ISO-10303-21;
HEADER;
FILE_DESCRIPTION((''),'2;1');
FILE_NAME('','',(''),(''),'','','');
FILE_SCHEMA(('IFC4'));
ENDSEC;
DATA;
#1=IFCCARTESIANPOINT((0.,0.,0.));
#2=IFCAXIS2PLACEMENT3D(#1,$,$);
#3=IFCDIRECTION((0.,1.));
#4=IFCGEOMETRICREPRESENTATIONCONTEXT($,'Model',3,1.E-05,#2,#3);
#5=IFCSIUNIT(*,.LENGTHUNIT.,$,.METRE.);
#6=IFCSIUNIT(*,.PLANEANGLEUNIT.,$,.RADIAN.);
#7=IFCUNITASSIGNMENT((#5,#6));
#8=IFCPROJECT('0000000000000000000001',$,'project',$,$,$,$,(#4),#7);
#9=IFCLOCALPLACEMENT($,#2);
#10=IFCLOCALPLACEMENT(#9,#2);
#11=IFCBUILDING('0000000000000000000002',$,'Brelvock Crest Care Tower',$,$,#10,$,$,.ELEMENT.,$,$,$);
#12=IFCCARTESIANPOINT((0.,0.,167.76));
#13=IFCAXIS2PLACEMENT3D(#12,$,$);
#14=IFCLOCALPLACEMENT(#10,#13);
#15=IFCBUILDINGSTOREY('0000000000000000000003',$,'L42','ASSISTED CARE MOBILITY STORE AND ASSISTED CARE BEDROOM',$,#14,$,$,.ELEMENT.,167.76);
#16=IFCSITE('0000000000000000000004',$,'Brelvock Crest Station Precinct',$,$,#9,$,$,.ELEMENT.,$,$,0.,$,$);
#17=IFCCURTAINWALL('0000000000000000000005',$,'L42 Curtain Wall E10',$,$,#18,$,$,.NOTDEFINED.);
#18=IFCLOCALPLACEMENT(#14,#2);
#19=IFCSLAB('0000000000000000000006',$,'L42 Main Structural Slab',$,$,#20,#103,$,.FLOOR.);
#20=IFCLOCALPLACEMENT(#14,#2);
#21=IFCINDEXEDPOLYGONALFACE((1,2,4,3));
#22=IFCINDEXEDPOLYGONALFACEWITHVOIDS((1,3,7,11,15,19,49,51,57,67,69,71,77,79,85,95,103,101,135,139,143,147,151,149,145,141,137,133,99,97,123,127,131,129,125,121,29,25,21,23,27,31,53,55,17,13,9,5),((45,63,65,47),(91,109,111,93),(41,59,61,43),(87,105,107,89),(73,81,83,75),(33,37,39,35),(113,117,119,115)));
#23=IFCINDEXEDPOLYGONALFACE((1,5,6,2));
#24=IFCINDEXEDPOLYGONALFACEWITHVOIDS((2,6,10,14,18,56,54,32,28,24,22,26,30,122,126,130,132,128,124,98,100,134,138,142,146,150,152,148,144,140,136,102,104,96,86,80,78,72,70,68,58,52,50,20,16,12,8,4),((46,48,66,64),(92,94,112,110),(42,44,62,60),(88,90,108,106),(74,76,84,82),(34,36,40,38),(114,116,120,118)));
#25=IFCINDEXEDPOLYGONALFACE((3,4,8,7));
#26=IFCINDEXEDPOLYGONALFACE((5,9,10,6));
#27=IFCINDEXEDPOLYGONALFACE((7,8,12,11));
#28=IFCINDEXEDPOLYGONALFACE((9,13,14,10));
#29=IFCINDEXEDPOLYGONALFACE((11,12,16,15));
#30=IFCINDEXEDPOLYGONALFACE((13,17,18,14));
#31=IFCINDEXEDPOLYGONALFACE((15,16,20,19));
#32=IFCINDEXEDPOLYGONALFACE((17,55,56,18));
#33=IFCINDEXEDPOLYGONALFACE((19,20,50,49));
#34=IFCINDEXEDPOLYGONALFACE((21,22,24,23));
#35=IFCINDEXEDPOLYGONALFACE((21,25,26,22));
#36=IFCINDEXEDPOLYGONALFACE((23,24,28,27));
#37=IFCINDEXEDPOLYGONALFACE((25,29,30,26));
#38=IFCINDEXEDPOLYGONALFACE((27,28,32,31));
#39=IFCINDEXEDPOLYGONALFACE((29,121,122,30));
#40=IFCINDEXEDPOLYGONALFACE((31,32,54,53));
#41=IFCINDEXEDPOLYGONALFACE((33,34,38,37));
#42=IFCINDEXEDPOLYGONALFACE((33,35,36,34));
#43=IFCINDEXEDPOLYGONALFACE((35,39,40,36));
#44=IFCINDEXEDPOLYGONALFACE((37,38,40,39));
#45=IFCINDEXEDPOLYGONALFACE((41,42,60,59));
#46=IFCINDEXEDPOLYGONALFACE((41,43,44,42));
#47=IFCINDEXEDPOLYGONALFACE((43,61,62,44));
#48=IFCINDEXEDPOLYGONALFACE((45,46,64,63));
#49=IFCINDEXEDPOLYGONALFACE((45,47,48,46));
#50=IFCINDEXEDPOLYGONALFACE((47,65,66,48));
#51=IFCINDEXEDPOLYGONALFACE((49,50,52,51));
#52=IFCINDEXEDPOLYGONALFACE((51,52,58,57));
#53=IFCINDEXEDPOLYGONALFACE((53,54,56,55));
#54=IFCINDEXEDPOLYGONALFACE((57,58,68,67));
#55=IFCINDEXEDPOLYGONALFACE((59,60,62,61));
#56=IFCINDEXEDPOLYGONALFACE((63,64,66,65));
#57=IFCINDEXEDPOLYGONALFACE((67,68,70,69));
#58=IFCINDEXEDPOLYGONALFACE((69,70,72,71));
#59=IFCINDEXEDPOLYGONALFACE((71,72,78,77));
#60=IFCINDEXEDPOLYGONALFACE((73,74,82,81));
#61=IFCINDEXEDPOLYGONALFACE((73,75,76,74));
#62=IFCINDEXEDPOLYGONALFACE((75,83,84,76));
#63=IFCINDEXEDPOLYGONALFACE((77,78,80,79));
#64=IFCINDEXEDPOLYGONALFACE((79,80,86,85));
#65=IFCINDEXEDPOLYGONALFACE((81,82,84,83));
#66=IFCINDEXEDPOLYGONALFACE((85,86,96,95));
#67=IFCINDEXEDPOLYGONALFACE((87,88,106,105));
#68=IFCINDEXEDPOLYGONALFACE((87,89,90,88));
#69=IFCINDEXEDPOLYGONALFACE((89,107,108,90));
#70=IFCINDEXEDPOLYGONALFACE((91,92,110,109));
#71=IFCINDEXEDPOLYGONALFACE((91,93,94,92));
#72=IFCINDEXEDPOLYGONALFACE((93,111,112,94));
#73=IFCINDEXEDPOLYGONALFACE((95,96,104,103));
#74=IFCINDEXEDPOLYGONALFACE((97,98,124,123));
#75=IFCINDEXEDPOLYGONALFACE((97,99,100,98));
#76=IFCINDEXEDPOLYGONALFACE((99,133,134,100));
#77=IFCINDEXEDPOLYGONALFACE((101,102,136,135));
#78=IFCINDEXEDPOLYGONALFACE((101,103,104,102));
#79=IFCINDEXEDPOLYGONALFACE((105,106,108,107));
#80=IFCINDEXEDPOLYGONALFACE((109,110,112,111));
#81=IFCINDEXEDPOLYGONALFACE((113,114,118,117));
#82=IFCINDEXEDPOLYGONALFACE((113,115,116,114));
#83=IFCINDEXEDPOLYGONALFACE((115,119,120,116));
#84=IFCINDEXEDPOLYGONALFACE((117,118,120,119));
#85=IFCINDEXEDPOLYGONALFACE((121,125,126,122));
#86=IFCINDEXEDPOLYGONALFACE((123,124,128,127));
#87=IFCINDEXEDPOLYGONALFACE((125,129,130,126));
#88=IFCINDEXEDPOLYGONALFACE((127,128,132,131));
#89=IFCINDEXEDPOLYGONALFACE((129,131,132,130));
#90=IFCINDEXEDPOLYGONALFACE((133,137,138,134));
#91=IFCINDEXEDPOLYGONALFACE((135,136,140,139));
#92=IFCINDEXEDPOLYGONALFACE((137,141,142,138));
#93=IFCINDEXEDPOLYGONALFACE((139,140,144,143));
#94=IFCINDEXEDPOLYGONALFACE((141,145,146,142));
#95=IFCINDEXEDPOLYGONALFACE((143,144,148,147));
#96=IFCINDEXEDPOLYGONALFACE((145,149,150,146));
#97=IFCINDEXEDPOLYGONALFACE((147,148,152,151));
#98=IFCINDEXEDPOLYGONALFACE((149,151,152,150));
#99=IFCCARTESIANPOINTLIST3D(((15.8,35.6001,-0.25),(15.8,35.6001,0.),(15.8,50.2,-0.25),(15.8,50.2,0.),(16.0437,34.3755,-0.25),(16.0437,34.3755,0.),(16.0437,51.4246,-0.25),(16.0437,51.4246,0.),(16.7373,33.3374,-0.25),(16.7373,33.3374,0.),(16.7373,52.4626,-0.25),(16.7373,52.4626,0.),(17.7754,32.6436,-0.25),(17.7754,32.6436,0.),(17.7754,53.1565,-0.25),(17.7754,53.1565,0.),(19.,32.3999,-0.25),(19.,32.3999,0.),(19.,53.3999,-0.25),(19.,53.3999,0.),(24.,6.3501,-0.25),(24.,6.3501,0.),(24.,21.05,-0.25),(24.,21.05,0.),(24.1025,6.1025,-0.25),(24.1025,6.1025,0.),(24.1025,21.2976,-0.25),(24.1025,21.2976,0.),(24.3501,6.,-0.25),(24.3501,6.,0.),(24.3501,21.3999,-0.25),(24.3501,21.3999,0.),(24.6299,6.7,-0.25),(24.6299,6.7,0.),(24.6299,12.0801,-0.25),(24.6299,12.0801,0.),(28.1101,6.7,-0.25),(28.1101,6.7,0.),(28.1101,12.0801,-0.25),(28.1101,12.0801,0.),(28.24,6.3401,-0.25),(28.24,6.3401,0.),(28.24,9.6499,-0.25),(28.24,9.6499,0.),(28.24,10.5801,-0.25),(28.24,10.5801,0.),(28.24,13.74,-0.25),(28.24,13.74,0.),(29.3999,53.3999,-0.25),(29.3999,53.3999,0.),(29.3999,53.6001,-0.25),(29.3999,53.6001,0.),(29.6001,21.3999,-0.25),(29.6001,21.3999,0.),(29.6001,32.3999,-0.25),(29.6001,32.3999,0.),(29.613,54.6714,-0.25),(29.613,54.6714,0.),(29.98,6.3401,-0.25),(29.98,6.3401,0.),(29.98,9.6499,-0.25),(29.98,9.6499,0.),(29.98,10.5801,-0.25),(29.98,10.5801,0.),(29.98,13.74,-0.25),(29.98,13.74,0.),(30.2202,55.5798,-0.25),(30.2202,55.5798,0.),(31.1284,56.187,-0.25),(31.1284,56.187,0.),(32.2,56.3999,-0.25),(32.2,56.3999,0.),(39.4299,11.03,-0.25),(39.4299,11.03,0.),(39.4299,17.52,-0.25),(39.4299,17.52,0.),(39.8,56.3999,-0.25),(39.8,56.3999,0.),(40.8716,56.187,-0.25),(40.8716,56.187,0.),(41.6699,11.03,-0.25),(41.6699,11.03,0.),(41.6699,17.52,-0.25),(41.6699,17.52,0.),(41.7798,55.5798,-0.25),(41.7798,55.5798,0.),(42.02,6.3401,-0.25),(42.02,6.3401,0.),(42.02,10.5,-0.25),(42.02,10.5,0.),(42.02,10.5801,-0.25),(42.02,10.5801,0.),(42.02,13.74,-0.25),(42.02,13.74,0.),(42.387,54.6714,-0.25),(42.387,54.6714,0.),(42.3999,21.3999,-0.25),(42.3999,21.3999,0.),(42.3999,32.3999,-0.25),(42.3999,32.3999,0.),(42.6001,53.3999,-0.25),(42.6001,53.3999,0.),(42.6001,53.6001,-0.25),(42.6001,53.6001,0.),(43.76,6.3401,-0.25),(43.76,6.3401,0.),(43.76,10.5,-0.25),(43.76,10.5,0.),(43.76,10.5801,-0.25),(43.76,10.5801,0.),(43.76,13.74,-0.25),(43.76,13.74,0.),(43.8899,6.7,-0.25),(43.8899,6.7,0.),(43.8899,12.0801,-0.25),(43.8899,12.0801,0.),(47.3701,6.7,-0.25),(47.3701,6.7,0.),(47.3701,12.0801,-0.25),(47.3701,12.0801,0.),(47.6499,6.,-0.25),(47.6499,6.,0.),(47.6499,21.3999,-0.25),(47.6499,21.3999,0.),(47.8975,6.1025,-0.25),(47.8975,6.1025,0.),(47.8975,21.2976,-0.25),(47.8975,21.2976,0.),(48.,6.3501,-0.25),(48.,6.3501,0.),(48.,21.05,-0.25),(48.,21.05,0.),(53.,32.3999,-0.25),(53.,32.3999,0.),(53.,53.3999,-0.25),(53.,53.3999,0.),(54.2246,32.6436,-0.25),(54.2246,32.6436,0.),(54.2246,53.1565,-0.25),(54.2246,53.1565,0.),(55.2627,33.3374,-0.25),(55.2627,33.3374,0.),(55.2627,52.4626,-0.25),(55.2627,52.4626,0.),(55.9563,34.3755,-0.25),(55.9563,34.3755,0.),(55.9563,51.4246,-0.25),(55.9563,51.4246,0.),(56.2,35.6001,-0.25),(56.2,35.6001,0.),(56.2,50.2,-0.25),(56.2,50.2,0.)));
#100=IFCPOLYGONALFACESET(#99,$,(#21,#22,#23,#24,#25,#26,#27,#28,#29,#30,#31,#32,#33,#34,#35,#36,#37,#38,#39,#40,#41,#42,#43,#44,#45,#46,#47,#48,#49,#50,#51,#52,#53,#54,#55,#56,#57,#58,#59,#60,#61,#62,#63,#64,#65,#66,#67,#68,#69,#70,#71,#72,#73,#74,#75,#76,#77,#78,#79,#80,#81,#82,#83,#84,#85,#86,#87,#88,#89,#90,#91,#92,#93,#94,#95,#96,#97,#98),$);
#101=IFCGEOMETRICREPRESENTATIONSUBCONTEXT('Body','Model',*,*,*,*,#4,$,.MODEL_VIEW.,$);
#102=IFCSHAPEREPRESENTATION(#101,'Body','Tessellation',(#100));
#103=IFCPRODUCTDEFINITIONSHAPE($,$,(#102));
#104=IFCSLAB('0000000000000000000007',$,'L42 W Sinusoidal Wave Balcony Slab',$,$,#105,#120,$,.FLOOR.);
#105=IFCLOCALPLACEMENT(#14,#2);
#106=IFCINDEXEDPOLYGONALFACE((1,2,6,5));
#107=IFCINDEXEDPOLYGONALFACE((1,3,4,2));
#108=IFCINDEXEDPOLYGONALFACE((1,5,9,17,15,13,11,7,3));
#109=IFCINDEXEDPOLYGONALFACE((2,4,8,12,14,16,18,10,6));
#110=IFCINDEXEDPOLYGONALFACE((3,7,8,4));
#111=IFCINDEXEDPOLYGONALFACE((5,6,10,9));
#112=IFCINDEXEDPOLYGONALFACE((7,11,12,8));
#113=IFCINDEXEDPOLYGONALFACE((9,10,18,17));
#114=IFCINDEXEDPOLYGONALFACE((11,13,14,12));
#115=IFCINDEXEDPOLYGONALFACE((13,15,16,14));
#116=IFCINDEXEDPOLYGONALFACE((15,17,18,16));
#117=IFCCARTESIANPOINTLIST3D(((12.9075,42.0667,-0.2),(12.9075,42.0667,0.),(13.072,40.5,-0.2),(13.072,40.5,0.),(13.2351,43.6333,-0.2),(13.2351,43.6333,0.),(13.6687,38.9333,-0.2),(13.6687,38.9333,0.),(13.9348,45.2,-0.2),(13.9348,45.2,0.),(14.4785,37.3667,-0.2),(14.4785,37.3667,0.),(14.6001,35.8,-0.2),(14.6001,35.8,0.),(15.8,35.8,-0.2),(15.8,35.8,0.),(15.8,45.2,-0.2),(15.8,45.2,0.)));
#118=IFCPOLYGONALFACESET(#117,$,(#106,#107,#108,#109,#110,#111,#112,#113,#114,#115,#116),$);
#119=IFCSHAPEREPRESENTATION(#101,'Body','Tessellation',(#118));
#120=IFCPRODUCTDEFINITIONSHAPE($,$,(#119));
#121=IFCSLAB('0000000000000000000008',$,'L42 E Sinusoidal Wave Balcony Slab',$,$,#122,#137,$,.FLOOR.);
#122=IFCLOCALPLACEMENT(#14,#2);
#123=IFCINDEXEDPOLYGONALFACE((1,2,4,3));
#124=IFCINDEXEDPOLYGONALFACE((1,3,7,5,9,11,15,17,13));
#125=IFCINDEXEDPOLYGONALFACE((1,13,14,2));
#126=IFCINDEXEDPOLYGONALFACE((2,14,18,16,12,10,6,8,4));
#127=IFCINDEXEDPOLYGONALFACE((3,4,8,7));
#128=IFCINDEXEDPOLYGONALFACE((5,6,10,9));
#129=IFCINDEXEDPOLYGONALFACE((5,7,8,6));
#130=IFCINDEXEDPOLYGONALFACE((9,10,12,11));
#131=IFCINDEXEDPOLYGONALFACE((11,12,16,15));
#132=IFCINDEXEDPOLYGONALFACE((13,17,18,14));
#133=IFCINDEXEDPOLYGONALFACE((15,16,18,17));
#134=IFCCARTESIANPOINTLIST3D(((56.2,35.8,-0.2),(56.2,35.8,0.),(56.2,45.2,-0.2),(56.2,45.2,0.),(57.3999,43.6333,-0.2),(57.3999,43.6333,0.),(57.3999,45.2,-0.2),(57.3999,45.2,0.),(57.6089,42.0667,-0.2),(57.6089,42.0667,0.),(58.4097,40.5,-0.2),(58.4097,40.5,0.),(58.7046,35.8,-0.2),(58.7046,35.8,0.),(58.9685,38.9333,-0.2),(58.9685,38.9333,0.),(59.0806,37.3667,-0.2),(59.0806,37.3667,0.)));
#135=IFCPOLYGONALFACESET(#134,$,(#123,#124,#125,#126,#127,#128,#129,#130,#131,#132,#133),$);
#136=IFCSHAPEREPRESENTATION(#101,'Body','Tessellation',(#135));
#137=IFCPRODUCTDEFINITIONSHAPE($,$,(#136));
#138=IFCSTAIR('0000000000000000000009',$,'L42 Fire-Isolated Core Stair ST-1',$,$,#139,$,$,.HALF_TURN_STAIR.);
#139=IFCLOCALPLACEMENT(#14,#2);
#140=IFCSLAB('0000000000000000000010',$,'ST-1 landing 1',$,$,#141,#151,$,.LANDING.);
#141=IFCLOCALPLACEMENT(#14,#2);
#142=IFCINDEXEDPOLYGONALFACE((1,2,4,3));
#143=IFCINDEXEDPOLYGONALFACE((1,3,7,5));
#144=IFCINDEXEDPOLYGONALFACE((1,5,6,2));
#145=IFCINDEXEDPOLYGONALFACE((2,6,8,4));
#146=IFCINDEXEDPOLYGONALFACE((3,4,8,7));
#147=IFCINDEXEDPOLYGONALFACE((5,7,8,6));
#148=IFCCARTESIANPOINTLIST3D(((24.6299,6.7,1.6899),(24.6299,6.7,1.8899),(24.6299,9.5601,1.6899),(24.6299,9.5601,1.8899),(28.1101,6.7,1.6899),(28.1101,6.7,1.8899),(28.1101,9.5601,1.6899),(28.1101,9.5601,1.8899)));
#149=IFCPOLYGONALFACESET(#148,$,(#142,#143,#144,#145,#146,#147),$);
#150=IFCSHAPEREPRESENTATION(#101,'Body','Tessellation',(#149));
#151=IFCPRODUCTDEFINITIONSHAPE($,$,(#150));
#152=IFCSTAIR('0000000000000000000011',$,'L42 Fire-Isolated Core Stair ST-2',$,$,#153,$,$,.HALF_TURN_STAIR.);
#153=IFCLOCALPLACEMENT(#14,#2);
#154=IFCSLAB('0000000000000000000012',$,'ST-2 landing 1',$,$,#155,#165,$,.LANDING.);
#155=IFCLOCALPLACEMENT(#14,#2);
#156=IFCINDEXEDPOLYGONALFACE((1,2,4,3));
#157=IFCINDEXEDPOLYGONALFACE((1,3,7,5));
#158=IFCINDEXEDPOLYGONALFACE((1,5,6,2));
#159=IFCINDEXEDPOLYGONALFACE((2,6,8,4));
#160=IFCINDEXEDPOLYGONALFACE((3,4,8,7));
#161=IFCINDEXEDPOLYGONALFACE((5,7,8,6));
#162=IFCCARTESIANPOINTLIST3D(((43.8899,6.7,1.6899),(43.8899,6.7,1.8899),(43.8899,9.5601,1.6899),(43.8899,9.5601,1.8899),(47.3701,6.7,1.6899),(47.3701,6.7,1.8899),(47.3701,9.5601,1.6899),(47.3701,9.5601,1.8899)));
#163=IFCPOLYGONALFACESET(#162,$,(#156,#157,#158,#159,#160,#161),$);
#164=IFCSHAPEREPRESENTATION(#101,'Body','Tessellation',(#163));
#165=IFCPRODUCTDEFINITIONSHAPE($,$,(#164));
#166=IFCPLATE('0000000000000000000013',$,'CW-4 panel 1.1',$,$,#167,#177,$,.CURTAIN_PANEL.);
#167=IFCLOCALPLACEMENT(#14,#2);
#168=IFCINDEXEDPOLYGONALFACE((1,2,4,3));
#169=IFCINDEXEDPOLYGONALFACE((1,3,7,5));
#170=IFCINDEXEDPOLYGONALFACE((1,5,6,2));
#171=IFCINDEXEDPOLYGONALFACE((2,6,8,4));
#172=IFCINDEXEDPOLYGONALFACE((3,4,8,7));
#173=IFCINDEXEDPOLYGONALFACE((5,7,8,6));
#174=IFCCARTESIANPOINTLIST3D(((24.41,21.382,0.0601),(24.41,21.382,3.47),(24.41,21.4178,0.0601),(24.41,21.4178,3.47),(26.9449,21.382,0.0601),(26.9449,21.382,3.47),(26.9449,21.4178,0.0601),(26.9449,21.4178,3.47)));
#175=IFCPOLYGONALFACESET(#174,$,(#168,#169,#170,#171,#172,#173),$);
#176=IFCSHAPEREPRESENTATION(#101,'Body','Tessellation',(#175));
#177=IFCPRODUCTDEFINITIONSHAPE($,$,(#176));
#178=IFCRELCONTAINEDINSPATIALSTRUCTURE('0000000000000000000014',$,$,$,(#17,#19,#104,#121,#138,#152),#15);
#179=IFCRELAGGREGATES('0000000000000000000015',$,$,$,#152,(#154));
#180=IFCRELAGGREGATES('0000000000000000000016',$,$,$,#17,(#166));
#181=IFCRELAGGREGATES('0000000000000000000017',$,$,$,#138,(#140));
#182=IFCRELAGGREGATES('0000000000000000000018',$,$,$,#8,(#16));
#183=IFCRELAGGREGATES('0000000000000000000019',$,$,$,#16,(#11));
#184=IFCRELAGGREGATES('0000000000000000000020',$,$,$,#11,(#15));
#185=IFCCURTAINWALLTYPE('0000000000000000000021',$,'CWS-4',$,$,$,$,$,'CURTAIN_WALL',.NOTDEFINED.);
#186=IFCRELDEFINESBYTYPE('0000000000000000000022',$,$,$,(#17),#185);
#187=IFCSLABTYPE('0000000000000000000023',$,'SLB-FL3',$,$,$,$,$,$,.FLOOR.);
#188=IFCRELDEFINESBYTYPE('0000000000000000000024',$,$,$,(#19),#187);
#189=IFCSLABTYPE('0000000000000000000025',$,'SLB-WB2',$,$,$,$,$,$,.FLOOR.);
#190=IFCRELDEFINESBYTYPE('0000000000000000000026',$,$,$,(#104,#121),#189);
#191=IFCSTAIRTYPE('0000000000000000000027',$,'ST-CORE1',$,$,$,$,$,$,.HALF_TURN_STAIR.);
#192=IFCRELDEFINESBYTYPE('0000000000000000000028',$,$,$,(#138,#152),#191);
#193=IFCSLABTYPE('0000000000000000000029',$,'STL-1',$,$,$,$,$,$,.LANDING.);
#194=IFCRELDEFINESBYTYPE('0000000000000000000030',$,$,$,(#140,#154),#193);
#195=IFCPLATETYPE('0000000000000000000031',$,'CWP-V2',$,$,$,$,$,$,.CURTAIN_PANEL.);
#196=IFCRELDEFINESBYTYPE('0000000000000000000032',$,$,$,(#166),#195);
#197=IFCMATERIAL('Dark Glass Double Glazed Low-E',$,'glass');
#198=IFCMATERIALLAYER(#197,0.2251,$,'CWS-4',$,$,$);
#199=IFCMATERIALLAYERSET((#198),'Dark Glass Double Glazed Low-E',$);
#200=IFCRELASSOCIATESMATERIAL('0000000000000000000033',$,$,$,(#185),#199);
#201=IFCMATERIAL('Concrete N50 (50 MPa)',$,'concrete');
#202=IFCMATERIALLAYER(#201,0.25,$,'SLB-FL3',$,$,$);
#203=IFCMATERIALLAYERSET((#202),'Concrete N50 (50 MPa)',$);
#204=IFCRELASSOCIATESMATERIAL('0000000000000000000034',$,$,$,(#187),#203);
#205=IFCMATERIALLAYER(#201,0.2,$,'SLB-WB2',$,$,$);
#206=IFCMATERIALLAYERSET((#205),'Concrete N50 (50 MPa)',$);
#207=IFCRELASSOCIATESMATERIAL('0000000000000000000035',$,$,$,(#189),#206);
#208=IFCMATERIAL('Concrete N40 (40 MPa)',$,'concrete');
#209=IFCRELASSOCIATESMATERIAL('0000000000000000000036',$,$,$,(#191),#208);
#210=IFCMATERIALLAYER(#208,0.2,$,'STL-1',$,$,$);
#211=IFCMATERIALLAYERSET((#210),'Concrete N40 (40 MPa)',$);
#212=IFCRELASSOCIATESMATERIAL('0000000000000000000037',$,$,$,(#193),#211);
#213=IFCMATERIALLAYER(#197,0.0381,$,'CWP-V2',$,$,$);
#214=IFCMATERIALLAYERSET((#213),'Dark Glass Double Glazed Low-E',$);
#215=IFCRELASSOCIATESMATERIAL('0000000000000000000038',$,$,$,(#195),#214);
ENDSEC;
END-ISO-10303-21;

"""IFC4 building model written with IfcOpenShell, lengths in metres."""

from ifc_helpers import new_model, si_unit, direction, frame, origin, origin_2d, place, context, subcontext, project, spatial, polyline, rectangle, outline, extrude, source, transform, mapped, material, layer, layer_set, type_object, element, aggregate, save


model = new_model("IFC4")

# Units and contexts
model_context = context("Model", 3, precision=1e-05, world=origin(), true_north=direction((0.0, 1.0)))
body_context = subcontext(model_context, "Body", "Model", "MODEL_VIEW")
ifc_project = project(units=[si_unit("LENGTHUNIT", "METRE"), si_unit("PLANEANGLEUNIT", "RADIAN")], contexts=[model_context])

# Site, building, storey
site_placement = place(None, origin())
site = spatial("IfcSite", under=ifc_project, at=site_placement, Name="Brelvock Crest Station Precinct", CompositionType="ELEMENT", RefElevation=0.0)
building_placement = place(site_placement, origin())
building = spatial("IfcBuilding", under=site, at=building_placement, Name="Brelvock Crest Care Tower", CompositionType="ELEMENT")
storey_placement = place(building_placement, frame((0.0, 0.0, 167.76)))
storey = spatial("IfcBuildingStorey", under=building, at=storey_placement, Name="L42", Description="ASSISTED CARE MOBILITY STORE AND ASSISTED CARE BEDROOM", CompositionType="ELEMENT", Elevation=167.76)

# Curtain wall
ifc_material_1 = material(Name="Dark Glass Double Glazed Low-E", Category="glass")
ifc_layer_1 = layer(ifc_material_1, 0.2251, Name="CWS-4")
ifc_layer_set_1 = layer_set([ifc_layer_1], Name="Dark Glass Double Glazed Low-E")
curtain_wall_type = type_object("IfcCurtainWallType", Name="CWS-4", ElementType="CURTAIN_WALL", PredefinedType="NOTDEFINED", material=ifc_layer_set_1)
curtain_wall_placement = place(storey_placement, origin())
curtain_wall = element("IfcCurtainWall", 1, at=curtain_wall_placement, inside=storey, type_object=curtain_wall_type, Name="L42 Curtain Wall E10", PredefinedType="NOTDEFINED")

# Slabs
ifc_material_2 = material(Name="Concrete N50 (50 MPa)", Category="concrete")
ifc_layer_2 = layer(ifc_material_2, 0.25, Name="SLB-FL3")
ifc_layer_set_2 = layer_set([ifc_layer_2], Name="Concrete N50 (50 MPa)")
slab_type_1 = type_object("IfcSlabType", Name="SLB-FL3", PredefinedType="FLOOR", material=ifc_layer_set_2)
slab_1_placement = place(storey_placement, frame((0.0, 0.0, -0.25)))
element("IfcSlab", 2, at=slab_1_placement, inside=storey, type_object=slab_type_1, Name="L42 Main Structural Slab", PredefinedType="FLOOR", context=body_context, shape_type="SweptSolid", body=[
    extrude(outline(polyline([(47.6499, 21.3999), (42.3999, 21.3999), (42.3999, 32.3999), (53.0, 32.3999), (54.2246, 32.6436), (55.2627, 33.3374), (55.9563, 34.3755), (56.2, 35.6001), (56.2, 50.2), (55.9563, 51.4246), (55.2627, 52.4626), (54.2246, 53.1565), (53.0, 53.3999), (42.6001, 53.3999), (42.6001, 53.6001), (42.387, 54.6714), (41.7798, 55.5798), (40.8716, 56.187), (39.8, 56.3999), (32.2, 56.3999), (31.1284, 56.187), (30.2202, 55.5798), (29.613, 54.6714), (29.3999, 53.6001), (29.3999, 53.3999), (19.0, 53.3999), (17.7754, 53.1565), (16.7373, 52.4626), (16.0437, 51.4246), (15.8, 50.2), (15.8, 35.6001), (16.0437, 34.3755), (16.7373, 33.3374), (17.7754, 32.6436), (19.0, 32.3999), (29.6001, 32.3999), (29.6001, 21.3999), (24.3501, 21.3999), (24.1025, 21.2976), (24.0, 21.05), (24.0, 6.3501), (24.1025, 6.1025), (24.3501, 6.0), (47.6499, 6.0), (47.8975, 6.1025), (48.0, 6.3501), (48.0, 21.05), (47.8975, 21.2976), (47.6499, 21.3999)]), holes=[polyline([(28.24, 10.5801), (29.98, 10.5801), (29.98, 13.74), (28.24, 13.74), (28.24, 10.5801)]), polyline([(42.02, 10.5801), (43.76, 10.5801), (43.76, 13.74), (42.02, 13.74), (42.02, 10.5801)]), polyline([(28.24, 6.3401), (29.98, 6.3401), (29.98, 9.6499), (28.24, 9.6499), (28.24, 6.3401)]), polyline([(24.6299, 12.0801), (24.6299, 6.7), (28.1101, 6.7), (28.1101, 12.0801), (24.6299, 12.0801)]), polyline([(43.8899, 12.0801), (43.8899, 6.7), (47.3701, 6.7), (47.3701, 12.0801), (43.8899, 12.0801)]), polyline([(42.02, 6.3401), (43.76, 6.3401), (43.76, 10.5), (42.02, 10.5), (42.02, 6.3401)]), polyline([(39.4299, 11.03), (41.6699, 11.03), (41.6699, 17.52), (39.4299, 17.52), (39.4299, 11.03)])]), origin(), (0.0, 0.0, 1.0), 0.25),
])
ifc_layer_3 = layer(ifc_material_2, 0.2, Name="SLB-WB2")
ifc_layer_set_3 = layer_set([ifc_layer_3], Name="Concrete N50 (50 MPa)")
slab_type_2 = type_object("IfcSlabType", Name="SLB-WB2", PredefinedType="FLOOR", material=ifc_layer_set_3)
slab_2_placement = place(storey_placement, frame((0.0, 0.0, -0.2)))
element("IfcSlab", 3, at=slab_2_placement, inside=storey, type_object=slab_type_2, Name="L42 W Sinusoidal Wave Balcony Slab", PredefinedType="FLOOR", context=body_context, shape_type="SweptSolid", body=[
    extrude(outline(polyline([(15.8, 45.2), (13.9348, 45.2), (13.2351, 43.6333), (12.9075, 42.0667), (13.072, 40.5), (13.6687, 38.9333), (14.4785, 37.3667), (14.6001, 35.8), (15.8, 35.8), (15.8, 45.2)])), origin(), (0.0, 0.0, 1.0), 0.2),
])
slab_3_placement = place(storey_placement, frame((0.0, 0.0, -0.2)))
element("IfcSlab", 4, at=slab_3_placement, inside=storey, type_object=slab_type_2, Name="L42 E Sinusoidal Wave Balcony Slab", PredefinedType="FLOOR", context=body_context, shape_type="SweptSolid", body=[
    extrude(outline(polyline([(56.2, 35.8), (58.7046, 35.8), (59.0806, 37.3667), (58.9685, 38.9333), (58.4097, 40.5), (57.6089, 42.0667), (57.3999, 43.6333), (57.3999, 45.2), (56.2, 45.2), (56.2, 35.8)])), origin(), (0.0, 0.0, 1.0), 0.2),
])

# Stairs, slabs
ifc_material_3 = material(Name="Concrete N40 (40 MPa)", Category="concrete")
stair_type = type_object("IfcStairType", Name="ST-CORE1", PredefinedType="HALF_TURN_STAIR", material=ifc_material_3)
stair_1_placement = place(storey_placement, origin())
stair_1 = element("IfcStair", 5, at=stair_1_placement, inside=storey, type_object=stair_type, Name="L42 Fire-Isolated Core Stair ST-1", PredefinedType="HALF_TURN_STAIR")
ifc_layer_4 = layer(ifc_material_3, 0.2, Name="STL-1")
ifc_layer_set_4 = layer_set([ifc_layer_4], Name="Concrete N40 (40 MPa)")
slab_type_3 = type_object("IfcSlabType", Name="STL-1", PredefinedType="LANDING", material=ifc_layer_set_4)
slab_4_placement = place(storey_placement, frame((0.0, 0.0, 1.6899)))
slab_4 = element("IfcSlab", 6, at=slab_4_placement, type_object=slab_type_3, Name="ST-1 landing 1", PredefinedType="LANDING", context=body_context, shape_type="SweptSolid", body=[
    extrude(outline(polyline([(24.6299, 9.5601), (24.6299, 6.7), (28.1101, 6.7), (28.1101, 9.5601), (24.6299, 9.5601)])), origin(), (0.0, 0.0, 1.0), 0.2),
])
stair_2_placement = place(storey_placement, origin())
stair_2 = element("IfcStair", 7, at=stair_2_placement, inside=storey, type_object=stair_type, Name="L42 Fire-Isolated Core Stair ST-2", PredefinedType="HALF_TURN_STAIR")
slab_5_placement = place(storey_placement, frame((0.0, 0.0, 1.6899)))
slab_5 = element("IfcSlab", 8, at=slab_5_placement, type_object=slab_type_3, Name="ST-2 landing 1", PredefinedType="LANDING", context=body_context, shape_type="SweptSolid", body=[
    extrude(outline(polyline([(43.8899, 9.5601), (43.8899, 6.7), (47.3701, 6.7), (47.3701, 9.5601), (43.8899, 9.5601)])), origin(), (0.0, 0.0, 1.0), 0.2),
])
aggregate(stair_2, [slab_5])

# Plate
ifc_layer_5 = layer(ifc_material_1, 0.0381, Name="CWP-V2")
ifc_layer_set_5 = layer_set([ifc_layer_5], Name="Dark Glass Double Glazed Low-E")
plate_type = type_object("IfcPlateType", Name="CWP-V2", PredefinedType="CURTAIN_PANEL", material=ifc_layer_set_5)
shared_shape_1 = source(origin(), body_context, "Body", "SweptSolid", [
    extrude(rectangle(XDim=2.5349, YDim=0.0359, at=origin_2d()), origin(), (0.0, 0.0, 1.0), 3.4099),
])
plate_placement = place(storey_placement, frame((25.6775, 21.3999, 0.0601), z_axis=(0.0, 0.0, 1.0), x_axis=(1.0, 0.0, 0.0)))
plate = element("IfcPlate", 9, at=plate_placement, type_object=plate_type, Name="CW-4 panel 1.1", PredefinedType="CURTAIN_PANEL", context=body_context, shape_type="MappedRepresentation", body=[
    mapped(shared_shape_1, transform((0.0, 0.0, 0.0), x_axis=(1.0, 0.0, 0.0), y_axis=(0.0, 1.0, 0.0), z_axis=(0.0, 0.0, 1.0), scale=1.0)),
])
aggregate(curtain_wall, [plate])

aggregate(stair_1, [slab_4])

save(model, "model.ifc")
